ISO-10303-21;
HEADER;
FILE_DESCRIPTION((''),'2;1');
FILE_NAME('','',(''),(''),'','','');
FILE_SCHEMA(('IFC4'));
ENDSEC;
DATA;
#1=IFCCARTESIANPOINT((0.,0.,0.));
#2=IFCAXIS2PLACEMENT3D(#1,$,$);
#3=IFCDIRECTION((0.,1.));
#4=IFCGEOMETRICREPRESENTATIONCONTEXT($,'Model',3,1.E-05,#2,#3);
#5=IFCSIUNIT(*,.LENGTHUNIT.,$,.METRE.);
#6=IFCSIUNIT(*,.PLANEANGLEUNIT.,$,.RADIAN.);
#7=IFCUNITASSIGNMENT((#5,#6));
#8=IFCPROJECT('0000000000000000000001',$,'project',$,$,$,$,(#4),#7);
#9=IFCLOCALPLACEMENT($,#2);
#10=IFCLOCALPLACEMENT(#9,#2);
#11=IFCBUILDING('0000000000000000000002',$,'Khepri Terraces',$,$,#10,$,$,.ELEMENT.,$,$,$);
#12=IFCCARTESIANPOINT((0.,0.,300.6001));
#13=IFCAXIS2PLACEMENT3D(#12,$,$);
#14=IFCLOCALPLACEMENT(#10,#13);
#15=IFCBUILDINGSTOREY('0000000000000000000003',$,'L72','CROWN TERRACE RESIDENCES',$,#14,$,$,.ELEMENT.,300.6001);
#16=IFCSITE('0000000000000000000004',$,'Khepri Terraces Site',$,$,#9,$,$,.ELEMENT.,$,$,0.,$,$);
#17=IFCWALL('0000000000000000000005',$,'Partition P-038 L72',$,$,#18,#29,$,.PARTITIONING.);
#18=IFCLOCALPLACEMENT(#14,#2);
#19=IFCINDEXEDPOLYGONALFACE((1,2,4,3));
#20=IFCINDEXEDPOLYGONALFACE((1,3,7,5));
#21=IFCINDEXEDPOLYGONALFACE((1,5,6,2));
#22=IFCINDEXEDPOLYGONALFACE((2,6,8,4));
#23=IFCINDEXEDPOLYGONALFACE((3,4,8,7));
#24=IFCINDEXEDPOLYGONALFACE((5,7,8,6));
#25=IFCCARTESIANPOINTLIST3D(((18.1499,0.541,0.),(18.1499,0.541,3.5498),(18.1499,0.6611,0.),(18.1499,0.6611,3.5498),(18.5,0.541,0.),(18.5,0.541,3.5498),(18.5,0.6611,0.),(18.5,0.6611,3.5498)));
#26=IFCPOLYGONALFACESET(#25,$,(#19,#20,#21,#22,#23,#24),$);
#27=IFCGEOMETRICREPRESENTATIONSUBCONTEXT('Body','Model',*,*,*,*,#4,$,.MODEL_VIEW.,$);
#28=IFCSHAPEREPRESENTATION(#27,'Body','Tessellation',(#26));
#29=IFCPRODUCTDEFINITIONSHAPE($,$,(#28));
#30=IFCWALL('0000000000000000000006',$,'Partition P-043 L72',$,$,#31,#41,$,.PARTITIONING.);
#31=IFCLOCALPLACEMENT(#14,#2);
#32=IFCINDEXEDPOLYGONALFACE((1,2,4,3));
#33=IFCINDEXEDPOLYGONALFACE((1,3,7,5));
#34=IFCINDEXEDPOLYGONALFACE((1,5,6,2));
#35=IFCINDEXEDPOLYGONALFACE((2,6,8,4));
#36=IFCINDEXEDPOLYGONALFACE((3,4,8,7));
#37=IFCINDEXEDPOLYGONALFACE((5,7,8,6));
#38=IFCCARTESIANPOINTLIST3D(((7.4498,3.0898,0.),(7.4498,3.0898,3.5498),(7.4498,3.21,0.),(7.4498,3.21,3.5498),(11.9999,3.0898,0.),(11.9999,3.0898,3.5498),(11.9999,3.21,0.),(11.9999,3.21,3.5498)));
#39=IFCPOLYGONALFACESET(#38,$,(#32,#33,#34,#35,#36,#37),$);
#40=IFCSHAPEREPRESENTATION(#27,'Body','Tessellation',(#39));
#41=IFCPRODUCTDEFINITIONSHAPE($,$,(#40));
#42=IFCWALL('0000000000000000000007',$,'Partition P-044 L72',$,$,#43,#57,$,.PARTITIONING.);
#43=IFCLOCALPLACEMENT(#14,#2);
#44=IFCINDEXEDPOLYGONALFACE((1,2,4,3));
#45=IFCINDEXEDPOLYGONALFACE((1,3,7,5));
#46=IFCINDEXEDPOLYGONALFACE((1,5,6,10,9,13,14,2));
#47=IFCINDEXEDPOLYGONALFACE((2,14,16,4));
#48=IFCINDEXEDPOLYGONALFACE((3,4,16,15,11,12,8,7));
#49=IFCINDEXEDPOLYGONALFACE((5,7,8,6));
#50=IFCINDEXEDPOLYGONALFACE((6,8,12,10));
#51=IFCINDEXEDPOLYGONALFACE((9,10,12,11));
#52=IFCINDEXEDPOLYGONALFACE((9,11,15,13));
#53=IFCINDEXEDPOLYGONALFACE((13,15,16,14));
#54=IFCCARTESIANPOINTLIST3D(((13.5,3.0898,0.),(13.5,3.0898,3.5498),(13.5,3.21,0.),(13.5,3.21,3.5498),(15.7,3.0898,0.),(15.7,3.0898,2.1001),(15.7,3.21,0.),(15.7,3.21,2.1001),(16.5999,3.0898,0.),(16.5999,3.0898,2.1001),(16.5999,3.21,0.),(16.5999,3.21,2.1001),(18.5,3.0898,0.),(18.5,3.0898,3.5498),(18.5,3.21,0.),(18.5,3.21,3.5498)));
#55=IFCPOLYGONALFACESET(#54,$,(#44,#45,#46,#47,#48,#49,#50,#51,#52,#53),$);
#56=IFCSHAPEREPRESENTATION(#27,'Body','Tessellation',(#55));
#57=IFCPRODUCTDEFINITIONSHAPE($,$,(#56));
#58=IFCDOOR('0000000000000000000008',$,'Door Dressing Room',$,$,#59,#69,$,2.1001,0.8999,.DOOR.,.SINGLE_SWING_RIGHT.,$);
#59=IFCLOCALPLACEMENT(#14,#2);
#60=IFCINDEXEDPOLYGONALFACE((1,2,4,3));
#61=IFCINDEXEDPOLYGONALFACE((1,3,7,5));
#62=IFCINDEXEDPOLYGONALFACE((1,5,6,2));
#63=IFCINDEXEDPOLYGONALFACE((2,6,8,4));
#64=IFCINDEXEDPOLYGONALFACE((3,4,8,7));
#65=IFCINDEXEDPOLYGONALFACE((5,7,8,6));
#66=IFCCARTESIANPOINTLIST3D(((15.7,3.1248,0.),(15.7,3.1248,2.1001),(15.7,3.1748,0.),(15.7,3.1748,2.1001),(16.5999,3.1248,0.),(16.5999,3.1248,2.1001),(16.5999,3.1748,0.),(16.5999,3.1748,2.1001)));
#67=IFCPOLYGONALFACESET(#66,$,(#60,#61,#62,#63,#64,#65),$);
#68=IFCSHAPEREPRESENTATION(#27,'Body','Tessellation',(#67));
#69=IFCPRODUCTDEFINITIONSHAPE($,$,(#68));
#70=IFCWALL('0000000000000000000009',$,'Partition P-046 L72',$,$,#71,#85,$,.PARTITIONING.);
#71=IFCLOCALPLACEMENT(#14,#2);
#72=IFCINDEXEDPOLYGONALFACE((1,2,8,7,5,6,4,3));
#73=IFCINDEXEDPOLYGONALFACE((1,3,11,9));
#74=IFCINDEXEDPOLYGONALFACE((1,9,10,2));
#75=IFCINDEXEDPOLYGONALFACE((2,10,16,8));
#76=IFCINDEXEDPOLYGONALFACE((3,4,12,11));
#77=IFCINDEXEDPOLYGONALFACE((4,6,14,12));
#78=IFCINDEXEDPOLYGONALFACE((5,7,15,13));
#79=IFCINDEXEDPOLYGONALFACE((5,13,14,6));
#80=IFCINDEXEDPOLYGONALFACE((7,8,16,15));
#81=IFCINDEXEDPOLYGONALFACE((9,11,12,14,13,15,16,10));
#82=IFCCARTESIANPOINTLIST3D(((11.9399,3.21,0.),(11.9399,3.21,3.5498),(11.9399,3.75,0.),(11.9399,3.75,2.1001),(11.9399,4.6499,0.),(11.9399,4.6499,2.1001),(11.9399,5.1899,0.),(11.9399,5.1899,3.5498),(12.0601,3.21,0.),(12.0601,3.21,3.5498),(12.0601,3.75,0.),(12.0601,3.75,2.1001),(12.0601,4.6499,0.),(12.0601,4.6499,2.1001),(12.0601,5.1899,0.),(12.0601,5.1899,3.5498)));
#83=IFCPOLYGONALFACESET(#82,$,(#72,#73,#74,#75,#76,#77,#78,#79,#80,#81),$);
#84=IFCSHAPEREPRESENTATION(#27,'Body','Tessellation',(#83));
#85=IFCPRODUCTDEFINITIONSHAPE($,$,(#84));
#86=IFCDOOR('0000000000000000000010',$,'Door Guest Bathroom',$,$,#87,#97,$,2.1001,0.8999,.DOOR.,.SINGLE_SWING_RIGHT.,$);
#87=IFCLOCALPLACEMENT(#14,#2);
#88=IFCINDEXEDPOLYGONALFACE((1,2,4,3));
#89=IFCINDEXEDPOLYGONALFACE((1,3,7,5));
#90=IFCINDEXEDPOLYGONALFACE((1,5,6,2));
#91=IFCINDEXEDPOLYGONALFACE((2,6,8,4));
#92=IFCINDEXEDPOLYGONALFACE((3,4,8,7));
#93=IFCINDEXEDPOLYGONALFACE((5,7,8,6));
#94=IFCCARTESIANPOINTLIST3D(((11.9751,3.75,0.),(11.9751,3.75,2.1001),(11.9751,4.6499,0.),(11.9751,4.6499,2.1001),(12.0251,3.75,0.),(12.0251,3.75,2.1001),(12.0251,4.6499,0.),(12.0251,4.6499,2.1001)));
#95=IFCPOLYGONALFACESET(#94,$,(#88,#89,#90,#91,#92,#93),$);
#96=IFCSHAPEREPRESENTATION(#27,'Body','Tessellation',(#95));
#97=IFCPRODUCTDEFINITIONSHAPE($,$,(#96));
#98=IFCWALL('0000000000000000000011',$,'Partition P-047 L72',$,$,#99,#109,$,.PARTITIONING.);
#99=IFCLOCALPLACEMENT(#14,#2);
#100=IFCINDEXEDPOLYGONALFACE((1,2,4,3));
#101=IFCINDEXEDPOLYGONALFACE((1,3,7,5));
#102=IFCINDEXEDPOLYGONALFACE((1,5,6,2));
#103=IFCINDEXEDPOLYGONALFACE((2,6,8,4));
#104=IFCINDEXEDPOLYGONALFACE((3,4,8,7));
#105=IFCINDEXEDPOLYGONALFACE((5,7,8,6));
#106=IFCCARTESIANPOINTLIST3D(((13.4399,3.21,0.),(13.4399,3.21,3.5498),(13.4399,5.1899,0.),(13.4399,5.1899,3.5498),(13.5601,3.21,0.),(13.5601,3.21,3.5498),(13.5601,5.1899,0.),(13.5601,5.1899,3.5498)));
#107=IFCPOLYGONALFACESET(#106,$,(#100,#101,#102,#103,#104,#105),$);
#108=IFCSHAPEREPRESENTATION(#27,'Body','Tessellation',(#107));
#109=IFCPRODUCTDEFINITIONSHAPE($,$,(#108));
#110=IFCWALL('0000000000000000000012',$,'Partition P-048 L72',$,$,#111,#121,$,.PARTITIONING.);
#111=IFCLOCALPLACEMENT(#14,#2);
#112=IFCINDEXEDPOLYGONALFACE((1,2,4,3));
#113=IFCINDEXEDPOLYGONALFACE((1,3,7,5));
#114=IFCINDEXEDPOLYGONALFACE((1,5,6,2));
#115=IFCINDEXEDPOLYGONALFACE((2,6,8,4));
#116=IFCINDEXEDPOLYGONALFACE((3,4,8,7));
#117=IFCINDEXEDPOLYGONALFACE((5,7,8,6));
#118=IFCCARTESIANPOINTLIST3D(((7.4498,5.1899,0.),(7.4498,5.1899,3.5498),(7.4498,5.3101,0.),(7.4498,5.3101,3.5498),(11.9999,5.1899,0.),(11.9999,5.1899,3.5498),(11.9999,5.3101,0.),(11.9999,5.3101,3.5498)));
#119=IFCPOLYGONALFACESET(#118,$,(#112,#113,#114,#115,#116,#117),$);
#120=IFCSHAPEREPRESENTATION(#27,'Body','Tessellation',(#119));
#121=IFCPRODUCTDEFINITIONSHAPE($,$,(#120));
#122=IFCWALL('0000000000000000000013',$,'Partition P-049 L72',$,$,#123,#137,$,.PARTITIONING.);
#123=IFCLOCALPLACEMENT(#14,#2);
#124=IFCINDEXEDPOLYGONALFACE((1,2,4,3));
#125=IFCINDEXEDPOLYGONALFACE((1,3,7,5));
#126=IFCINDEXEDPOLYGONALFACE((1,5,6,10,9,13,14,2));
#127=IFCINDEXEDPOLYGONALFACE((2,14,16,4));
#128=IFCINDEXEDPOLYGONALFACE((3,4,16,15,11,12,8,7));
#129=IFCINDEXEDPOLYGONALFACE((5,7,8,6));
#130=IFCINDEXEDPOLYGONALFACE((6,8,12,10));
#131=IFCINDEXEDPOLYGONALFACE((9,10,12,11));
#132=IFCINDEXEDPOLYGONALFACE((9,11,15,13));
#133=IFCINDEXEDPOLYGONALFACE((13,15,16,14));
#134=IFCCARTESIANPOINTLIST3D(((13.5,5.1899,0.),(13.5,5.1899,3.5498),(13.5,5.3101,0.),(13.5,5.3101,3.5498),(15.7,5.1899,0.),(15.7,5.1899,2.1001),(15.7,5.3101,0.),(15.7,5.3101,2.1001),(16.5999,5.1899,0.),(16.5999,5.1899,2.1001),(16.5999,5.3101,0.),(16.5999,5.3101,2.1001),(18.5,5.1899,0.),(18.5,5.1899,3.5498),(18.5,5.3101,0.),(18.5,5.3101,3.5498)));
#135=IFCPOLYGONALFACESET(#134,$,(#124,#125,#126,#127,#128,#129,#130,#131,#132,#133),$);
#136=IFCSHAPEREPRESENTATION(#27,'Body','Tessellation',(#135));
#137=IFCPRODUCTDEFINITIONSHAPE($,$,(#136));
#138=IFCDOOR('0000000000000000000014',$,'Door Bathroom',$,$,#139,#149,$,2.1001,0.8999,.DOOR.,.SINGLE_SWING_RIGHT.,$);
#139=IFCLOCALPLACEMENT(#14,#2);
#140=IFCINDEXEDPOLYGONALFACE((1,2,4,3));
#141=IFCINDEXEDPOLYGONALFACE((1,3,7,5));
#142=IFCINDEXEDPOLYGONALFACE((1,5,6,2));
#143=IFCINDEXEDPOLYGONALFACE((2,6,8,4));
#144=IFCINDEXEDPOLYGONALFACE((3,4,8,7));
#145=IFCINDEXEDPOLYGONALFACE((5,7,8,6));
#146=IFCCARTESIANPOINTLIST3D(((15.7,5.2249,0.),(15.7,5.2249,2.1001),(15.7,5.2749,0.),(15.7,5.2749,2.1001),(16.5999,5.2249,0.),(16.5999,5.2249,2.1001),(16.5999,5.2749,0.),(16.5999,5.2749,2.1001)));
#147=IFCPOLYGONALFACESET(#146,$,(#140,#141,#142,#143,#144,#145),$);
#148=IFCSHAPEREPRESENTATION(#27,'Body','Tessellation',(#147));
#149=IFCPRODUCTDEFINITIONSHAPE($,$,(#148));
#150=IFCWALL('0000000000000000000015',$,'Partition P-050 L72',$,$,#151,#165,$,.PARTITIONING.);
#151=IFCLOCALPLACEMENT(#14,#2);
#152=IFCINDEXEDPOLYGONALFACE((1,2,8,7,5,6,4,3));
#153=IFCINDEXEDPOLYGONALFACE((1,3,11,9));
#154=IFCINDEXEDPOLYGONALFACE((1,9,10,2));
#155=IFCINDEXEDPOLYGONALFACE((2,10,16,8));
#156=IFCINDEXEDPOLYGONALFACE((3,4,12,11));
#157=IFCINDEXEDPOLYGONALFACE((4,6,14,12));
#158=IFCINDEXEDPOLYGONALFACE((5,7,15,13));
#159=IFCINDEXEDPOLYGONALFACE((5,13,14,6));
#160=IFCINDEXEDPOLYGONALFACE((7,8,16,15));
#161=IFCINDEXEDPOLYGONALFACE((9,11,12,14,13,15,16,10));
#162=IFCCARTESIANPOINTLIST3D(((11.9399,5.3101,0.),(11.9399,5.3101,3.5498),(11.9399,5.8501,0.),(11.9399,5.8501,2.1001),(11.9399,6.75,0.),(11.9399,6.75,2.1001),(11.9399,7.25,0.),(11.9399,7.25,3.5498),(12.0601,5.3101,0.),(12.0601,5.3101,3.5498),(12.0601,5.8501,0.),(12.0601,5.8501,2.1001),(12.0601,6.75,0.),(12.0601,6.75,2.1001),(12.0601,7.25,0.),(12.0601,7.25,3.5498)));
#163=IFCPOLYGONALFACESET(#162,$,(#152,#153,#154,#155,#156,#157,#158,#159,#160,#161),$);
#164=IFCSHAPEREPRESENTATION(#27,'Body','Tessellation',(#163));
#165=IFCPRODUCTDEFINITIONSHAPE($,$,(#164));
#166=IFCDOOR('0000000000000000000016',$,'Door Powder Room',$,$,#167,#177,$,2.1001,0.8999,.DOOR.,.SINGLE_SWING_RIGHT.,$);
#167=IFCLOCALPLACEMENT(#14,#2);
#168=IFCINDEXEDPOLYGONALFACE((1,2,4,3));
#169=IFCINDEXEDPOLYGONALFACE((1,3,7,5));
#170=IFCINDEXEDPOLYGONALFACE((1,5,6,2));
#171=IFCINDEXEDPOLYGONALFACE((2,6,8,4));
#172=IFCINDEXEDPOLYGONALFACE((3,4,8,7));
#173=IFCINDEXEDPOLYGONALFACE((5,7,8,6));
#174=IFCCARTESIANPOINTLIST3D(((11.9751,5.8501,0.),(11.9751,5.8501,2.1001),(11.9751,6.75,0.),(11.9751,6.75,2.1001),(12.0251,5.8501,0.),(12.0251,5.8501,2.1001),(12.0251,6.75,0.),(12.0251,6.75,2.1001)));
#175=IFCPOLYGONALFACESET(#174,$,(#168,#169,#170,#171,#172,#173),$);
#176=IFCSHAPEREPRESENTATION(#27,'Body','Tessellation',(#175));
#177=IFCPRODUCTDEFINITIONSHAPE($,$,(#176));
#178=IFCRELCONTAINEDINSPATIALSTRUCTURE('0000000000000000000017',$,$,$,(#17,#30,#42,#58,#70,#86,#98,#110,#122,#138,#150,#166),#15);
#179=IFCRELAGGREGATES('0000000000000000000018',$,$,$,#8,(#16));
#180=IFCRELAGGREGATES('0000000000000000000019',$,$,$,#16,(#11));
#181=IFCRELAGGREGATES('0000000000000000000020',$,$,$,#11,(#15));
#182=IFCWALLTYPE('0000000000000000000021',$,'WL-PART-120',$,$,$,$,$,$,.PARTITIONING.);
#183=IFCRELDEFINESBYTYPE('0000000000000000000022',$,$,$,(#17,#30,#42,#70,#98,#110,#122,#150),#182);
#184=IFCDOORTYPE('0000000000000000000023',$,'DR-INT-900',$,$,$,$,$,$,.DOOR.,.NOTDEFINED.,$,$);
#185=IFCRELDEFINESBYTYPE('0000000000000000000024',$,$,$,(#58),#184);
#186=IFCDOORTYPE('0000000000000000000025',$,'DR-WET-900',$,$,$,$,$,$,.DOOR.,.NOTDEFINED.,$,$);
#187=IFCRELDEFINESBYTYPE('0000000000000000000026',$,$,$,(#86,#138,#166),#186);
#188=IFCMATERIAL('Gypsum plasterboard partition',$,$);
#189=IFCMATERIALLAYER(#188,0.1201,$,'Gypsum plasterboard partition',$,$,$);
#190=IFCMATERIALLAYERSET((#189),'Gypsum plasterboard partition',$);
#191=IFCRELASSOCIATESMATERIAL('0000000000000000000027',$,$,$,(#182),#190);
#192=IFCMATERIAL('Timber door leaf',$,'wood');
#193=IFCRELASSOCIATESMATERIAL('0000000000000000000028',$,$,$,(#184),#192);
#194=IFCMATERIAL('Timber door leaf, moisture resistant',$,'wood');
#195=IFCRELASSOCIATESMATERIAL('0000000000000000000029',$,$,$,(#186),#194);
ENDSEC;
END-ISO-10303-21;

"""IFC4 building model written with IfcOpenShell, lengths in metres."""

from ifc_helpers import new_model, si_unit, direction, frame, frame_2d, origin, place, context, subcontext, project, spatial, rectangle, extrude, material, layer, layer_set, type_object, element, fill, save


model = new_model("IFC4")

# Units and contexts
model_context = context("Model", 3, precision=1e-05, world=origin(), true_north=direction((0.0, 1.0)))
body_context = subcontext(model_context, "Body", "Model", "MODEL_VIEW")
ifc_project = project(units=[si_unit("LENGTHUNIT", "METRE"), si_unit("PLANEANGLEUNIT", "RADIAN")], contexts=[model_context])

# Site, building, storey
site_placement = place(None, origin())
site = spatial("IfcSite", under=ifc_project, at=site_placement, Name="Khepri Terraces Site", CompositionType="ELEMENT", RefElevation=0.0)
building_placement = place(site_placement, origin())
building = spatial("IfcBuilding", under=site, at=building_placement, Name="Khepri Terraces", CompositionType="ELEMENT")
storey_placement = place(building_placement, frame((0.0, 0.0, 300.6001)))
storey = spatial("IfcBuildingStorey", under=building, at=storey_placement, Name="L72", Description="CROWN TERRACE RESIDENCES", CompositionType="ELEMENT", Elevation=300.6001)

# Walls
ifc_material_1 = material(Name="Gypsum plasterboard partition")
ifc_layer = layer(ifc_material_1, 0.1201, Name="Gypsum plasterboard partition")
ifc_layer_set = layer_set([ifc_layer], Name="Gypsum plasterboard partition")
wall_type = type_object("IfcWallType", Name="WL-PART-120", PredefinedType="PARTITIONING", material=ifc_layer_set)
wall_1_placement = place(storey_placement, frame((18.1499, 0.6011, 0.0), z_axis=(0.0, 0.0, 1.0), x_axis=(1.0, 0.0, 0.0)))
element("IfcWall", 1, at=wall_1_placement, inside=storey, type_object=wall_type, Name="Partition P-038 L72", PredefinedType="PARTITIONING", context=body_context, shape_type="SweptSolid", body=[
    extrude(rectangle(XDim=0.3501, YDim=0.1201, at=frame_2d((0.175, 0.0))), origin(), (0.0, 0.0, 1.0), 3.5498),
])
wall_2_placement = place(storey_placement, frame((7.45, 3.1499, 0.0), z_axis=(0.0, 0.0, 1.0), x_axis=(1.0, 0.0, 0.0)))
element("IfcWall", 2, at=wall_2_placement, inside=storey, type_object=wall_type, Name="Partition P-043 L72", PredefinedType="PARTITIONING", context=body_context, shape_type="SweptSolid", body=[
    extrude(rectangle(XDim=4.55, YDim=0.1201, at=frame_2d((2.2749, 0.0))), origin(), (0.0, 0.0, 1.0), 3.5498),
])

# Walls, openings, doors
wall_3_placement = place(storey_placement, frame((13.5, 3.1499, 0.0), z_axis=(0.0, 0.0, 1.0), x_axis=(1.0, 0.0, 0.0)))
wall_3 = element("IfcWall", 3, at=wall_3_placement, inside=storey, type_object=wall_type, Name="Partition P-044 L72", PredefinedType="PARTITIONING", context=body_context, shape_type="SweptSolid", body=[
    extrude(rectangle(XDim=5.0, YDim=0.1201, at=frame_2d((2.5, 0.0))), origin(), (0.0, 0.0, 1.0), 3.5498),
])
opening_1_placement = place(wall_3_placement, frame((2.2, 0.0, 0.0)))
opening_1 = element("IfcOpeningElement", 4, at=opening_1_placement, cuts=wall_3, PredefinedType="OPENING", context=body_context, shape_type="SweptSolid", body=[
    extrude(rectangle(XDim=0.8999, YDim=2.1001, at=frame_2d((0.45, 1.05))), frame((0.0, 0.0701, 0.0), z_axis=(0.0, -1.0, 0.0), x_axis=(1.0, 0.0, 0.0)), (0.0, 0.0, 1.0), 0.1401),
])
ifc_material_2 = material(Name="Timber door leaf", Category="wood")
door_type_1 = type_object("IfcDoorType", Name="DR-INT-900", OperationType="NOTDEFINED", PredefinedType="DOOR", material=ifc_material_2)
door_1_placement = place(opening_1_placement, origin())
door_1 = element("IfcDoor", 5, at=door_1_placement, inside=storey, type_object=door_type_1, Name="Door Dressing Room", OperationType="SINGLE_SWING_RIGHT", OverallHeight=2.1001, OverallWidth=0.8999, PredefinedType="DOOR", context=body_context, shape_type="SweptSolid", body=[
    extrude(rectangle(XDim=0.8999, YDim=2.1001, at=frame_2d((0.45, 1.05))), frame((0.0, 0.0249, 0.0), z_axis=(0.0, -1.0, 0.0), x_axis=(1.0, 0.0, 0.0)), (0.0, 0.0, 1.0), 0.05),
])
fill(opening_1, door_1)
wall_4_placement = place(storey_placement, frame((12.0, 3.21, 0.0), z_axis=(0.0, 0.0, 1.0), x_axis=(0.0, 1.0, 0.0)))
wall_4 = element("IfcWall", 6, at=wall_4_placement, inside=storey, type_object=wall_type, Name="Partition P-046 L72", PredefinedType="PARTITIONING", context=body_context, shape_type="SweptSolid", body=[
    extrude(rectangle(XDim=1.98, YDim=0.1201, at=frame_2d((0.99, 0.0))), origin(), (0.0, 0.0, 1.0), 3.5498),
])
opening_2_placement = place(wall_4_placement, frame((0.54, 0.0, 0.0)))
opening_2 = element("IfcOpeningElement", 7, at=opening_2_placement, cuts=wall_4, PredefinedType="OPENING", context=body_context, shape_type="SweptSolid", body=[
    extrude(rectangle(XDim=0.8999, YDim=2.1001, at=frame_2d((0.45, 1.05))), frame((0.0, 0.0701, 0.0), z_axis=(0.0, -1.0, 0.0), x_axis=(1.0, 0.0, 0.0)), (0.0, 0.0, 1.0), 0.1401),
])
ifc_material_3 = material(Name="Timber door leaf, moisture resistant", Category="wood")
door_type_2 = type_object("IfcDoorType", Name="DR-WET-900", OperationType="NOTDEFINED", PredefinedType="DOOR", material=ifc_material_3)
door_2_placement = place(opening_2_placement, origin())
door_2 = element("IfcDoor", 8, at=door_2_placement, inside=storey, type_object=door_type_2, Name="Door Guest Bathroom", OperationType="SINGLE_SWING_RIGHT", OverallHeight=2.1001, OverallWidth=0.8999, PredefinedType="DOOR", context=body_context, shape_type="SweptSolid", body=[
    extrude(rectangle(XDim=0.8999, YDim=2.1001, at=frame_2d((0.45, 1.05))), frame((0.0, 0.0249, 0.0), z_axis=(0.0, -1.0, 0.0), x_axis=(1.0, 0.0, 0.0)), (0.0, 0.0, 1.0), 0.05),
])
fill(opening_2, door_2)

# Walls
wall_5_placement = place(storey_placement, frame((13.5, 3.21, 0.0), z_axis=(0.0, 0.0, 1.0), x_axis=(0.0, 1.0, 0.0)))
element("IfcWall", 9, at=wall_5_placement, inside=storey, type_object=wall_type, Name="Partition P-047 L72", PredefinedType="PARTITIONING", context=body_context, shape_type="SweptSolid", body=[
    extrude(rectangle(XDim=1.98, YDim=0.1201, at=frame_2d((0.99, 0.0))), origin(), (0.0, 0.0, 1.0), 3.5498),
])
wall_6_placement = place(storey_placement, frame((7.45, 5.25, 0.0), z_axis=(0.0, 0.0, 1.0), x_axis=(1.0, 0.0, 0.0)))
element("IfcWall", 10, at=wall_6_placement, inside=storey, type_object=wall_type, Name="Partition P-048 L72", PredefinedType="PARTITIONING", context=body_context, shape_type="SweptSolid", body=[
    extrude(rectangle(XDim=4.55, YDim=0.1201, at=frame_2d((2.2749, 0.0))), origin(), (0.0, 0.0, 1.0), 3.5498),
])

# Walls, openings, doors
wall_7_placement = place(storey_placement, frame((13.5, 5.25, 0.0), z_axis=(0.0, 0.0, 1.0), x_axis=(1.0, 0.0, 0.0)))
wall_7 = element("IfcWall", 11, at=wall_7_placement, inside=storey, type_object=wall_type, Name="Partition P-049 L72", PredefinedType="PARTITIONING", context=body_context, shape_type="SweptSolid", body=[
    extrude(rectangle(XDim=5.0, YDim=0.1201, at=frame_2d((2.5, 0.0))), origin(), (0.0, 0.0, 1.0), 3.5498),
])
opening_3_placement = place(wall_7_placement, frame((2.2, 0.0, 0.0)))
opening_3 = element("IfcOpeningElement", 12, at=opening_3_placement, cuts=wall_7, PredefinedType="OPENING", context=body_context, shape_type="SweptSolid", body=[
    extrude(rectangle(XDim=0.8999, YDim=2.1001, at=frame_2d((0.45, 1.05))), frame((0.0, 0.0701, 0.0), z_axis=(0.0, -1.0, 0.0), x_axis=(1.0, 0.0, 0.0)), (0.0, 0.0, 1.0), 0.1401),
])
door_3_placement = place(opening_3_placement, origin())
door_3 = element("IfcDoor", 13, at=door_3_placement, inside=storey, type_object=door_type_2, Name="Door Bathroom", OperationType="SINGLE_SWING_RIGHT", OverallHeight=2.1001, OverallWidth=0.8999, PredefinedType="DOOR", context=body_context, shape_type="SweptSolid", body=[
    extrude(rectangle(XDim=0.8999, YDim=2.1001, at=frame_2d((0.45, 1.05))), frame((0.0, 0.0249, 0.0), z_axis=(0.0, -1.0, 0.0), x_axis=(1.0, 0.0, 0.0)), (0.0, 0.0, 1.0), 0.05),
])
fill(opening_3, door_3)
wall_8_placement = place(storey_placement, frame((12.0, 5.3101, 0.0), z_axis=(0.0, 0.0, 1.0), x_axis=(0.0, 1.0, 0.0)))
wall_8 = element("IfcWall", 14, at=wall_8_placement, inside=storey, type_object=wall_type, Name="Partition P-050 L72", PredefinedType="PARTITIONING", context=body_context, shape_type="SweptSolid", body=[
    extrude(rectangle(XDim=1.9399, YDim=0.1201, at=frame_2d((0.97, 0.0))), origin(), (0.0, 0.0, 1.0), 3.5498),
])
opening_4_placement = place(wall_8_placement, frame((0.54, 0.0, 0.0)))
opening_4 = element("IfcOpeningElement", 15, at=opening_4_placement, cuts=wall_8, PredefinedType="OPENING", context=body_context, shape_type="SweptSolid", body=[
    extrude(rectangle(XDim=0.8999, YDim=2.1001, at=frame_2d((0.45, 1.05))), frame((0.0, 0.0701, 0.0), z_axis=(0.0, -1.0, 0.0), x_axis=(1.0, 0.0, 0.0)), (0.0, 0.0, 1.0), 0.1401),
])
door_4_placement = place(opening_4_placement, origin())
door_4 = element("IfcDoor", 16, at=door_4_placement, inside=storey, type_object=door_type_2, Name="Door Powder Room", OperationType="SINGLE_SWING_RIGHT", OverallHeight=2.1001, OverallWidth=0.8999, PredefinedType="DOOR", context=body_context, shape_type="SweptSolid", body=[
    extrude(rectangle(XDim=0.8999, YDim=2.1001, at=frame_2d((0.45, 1.05))), frame((0.0, 0.0249, 0.0), z_axis=(0.0, -1.0, 0.0), x_axis=(1.0, 0.0, 0.0)), (0.0, 0.0, 1.0), 0.05),
])
fill(opening_4, door_4)

save(model, "model.ifc")
